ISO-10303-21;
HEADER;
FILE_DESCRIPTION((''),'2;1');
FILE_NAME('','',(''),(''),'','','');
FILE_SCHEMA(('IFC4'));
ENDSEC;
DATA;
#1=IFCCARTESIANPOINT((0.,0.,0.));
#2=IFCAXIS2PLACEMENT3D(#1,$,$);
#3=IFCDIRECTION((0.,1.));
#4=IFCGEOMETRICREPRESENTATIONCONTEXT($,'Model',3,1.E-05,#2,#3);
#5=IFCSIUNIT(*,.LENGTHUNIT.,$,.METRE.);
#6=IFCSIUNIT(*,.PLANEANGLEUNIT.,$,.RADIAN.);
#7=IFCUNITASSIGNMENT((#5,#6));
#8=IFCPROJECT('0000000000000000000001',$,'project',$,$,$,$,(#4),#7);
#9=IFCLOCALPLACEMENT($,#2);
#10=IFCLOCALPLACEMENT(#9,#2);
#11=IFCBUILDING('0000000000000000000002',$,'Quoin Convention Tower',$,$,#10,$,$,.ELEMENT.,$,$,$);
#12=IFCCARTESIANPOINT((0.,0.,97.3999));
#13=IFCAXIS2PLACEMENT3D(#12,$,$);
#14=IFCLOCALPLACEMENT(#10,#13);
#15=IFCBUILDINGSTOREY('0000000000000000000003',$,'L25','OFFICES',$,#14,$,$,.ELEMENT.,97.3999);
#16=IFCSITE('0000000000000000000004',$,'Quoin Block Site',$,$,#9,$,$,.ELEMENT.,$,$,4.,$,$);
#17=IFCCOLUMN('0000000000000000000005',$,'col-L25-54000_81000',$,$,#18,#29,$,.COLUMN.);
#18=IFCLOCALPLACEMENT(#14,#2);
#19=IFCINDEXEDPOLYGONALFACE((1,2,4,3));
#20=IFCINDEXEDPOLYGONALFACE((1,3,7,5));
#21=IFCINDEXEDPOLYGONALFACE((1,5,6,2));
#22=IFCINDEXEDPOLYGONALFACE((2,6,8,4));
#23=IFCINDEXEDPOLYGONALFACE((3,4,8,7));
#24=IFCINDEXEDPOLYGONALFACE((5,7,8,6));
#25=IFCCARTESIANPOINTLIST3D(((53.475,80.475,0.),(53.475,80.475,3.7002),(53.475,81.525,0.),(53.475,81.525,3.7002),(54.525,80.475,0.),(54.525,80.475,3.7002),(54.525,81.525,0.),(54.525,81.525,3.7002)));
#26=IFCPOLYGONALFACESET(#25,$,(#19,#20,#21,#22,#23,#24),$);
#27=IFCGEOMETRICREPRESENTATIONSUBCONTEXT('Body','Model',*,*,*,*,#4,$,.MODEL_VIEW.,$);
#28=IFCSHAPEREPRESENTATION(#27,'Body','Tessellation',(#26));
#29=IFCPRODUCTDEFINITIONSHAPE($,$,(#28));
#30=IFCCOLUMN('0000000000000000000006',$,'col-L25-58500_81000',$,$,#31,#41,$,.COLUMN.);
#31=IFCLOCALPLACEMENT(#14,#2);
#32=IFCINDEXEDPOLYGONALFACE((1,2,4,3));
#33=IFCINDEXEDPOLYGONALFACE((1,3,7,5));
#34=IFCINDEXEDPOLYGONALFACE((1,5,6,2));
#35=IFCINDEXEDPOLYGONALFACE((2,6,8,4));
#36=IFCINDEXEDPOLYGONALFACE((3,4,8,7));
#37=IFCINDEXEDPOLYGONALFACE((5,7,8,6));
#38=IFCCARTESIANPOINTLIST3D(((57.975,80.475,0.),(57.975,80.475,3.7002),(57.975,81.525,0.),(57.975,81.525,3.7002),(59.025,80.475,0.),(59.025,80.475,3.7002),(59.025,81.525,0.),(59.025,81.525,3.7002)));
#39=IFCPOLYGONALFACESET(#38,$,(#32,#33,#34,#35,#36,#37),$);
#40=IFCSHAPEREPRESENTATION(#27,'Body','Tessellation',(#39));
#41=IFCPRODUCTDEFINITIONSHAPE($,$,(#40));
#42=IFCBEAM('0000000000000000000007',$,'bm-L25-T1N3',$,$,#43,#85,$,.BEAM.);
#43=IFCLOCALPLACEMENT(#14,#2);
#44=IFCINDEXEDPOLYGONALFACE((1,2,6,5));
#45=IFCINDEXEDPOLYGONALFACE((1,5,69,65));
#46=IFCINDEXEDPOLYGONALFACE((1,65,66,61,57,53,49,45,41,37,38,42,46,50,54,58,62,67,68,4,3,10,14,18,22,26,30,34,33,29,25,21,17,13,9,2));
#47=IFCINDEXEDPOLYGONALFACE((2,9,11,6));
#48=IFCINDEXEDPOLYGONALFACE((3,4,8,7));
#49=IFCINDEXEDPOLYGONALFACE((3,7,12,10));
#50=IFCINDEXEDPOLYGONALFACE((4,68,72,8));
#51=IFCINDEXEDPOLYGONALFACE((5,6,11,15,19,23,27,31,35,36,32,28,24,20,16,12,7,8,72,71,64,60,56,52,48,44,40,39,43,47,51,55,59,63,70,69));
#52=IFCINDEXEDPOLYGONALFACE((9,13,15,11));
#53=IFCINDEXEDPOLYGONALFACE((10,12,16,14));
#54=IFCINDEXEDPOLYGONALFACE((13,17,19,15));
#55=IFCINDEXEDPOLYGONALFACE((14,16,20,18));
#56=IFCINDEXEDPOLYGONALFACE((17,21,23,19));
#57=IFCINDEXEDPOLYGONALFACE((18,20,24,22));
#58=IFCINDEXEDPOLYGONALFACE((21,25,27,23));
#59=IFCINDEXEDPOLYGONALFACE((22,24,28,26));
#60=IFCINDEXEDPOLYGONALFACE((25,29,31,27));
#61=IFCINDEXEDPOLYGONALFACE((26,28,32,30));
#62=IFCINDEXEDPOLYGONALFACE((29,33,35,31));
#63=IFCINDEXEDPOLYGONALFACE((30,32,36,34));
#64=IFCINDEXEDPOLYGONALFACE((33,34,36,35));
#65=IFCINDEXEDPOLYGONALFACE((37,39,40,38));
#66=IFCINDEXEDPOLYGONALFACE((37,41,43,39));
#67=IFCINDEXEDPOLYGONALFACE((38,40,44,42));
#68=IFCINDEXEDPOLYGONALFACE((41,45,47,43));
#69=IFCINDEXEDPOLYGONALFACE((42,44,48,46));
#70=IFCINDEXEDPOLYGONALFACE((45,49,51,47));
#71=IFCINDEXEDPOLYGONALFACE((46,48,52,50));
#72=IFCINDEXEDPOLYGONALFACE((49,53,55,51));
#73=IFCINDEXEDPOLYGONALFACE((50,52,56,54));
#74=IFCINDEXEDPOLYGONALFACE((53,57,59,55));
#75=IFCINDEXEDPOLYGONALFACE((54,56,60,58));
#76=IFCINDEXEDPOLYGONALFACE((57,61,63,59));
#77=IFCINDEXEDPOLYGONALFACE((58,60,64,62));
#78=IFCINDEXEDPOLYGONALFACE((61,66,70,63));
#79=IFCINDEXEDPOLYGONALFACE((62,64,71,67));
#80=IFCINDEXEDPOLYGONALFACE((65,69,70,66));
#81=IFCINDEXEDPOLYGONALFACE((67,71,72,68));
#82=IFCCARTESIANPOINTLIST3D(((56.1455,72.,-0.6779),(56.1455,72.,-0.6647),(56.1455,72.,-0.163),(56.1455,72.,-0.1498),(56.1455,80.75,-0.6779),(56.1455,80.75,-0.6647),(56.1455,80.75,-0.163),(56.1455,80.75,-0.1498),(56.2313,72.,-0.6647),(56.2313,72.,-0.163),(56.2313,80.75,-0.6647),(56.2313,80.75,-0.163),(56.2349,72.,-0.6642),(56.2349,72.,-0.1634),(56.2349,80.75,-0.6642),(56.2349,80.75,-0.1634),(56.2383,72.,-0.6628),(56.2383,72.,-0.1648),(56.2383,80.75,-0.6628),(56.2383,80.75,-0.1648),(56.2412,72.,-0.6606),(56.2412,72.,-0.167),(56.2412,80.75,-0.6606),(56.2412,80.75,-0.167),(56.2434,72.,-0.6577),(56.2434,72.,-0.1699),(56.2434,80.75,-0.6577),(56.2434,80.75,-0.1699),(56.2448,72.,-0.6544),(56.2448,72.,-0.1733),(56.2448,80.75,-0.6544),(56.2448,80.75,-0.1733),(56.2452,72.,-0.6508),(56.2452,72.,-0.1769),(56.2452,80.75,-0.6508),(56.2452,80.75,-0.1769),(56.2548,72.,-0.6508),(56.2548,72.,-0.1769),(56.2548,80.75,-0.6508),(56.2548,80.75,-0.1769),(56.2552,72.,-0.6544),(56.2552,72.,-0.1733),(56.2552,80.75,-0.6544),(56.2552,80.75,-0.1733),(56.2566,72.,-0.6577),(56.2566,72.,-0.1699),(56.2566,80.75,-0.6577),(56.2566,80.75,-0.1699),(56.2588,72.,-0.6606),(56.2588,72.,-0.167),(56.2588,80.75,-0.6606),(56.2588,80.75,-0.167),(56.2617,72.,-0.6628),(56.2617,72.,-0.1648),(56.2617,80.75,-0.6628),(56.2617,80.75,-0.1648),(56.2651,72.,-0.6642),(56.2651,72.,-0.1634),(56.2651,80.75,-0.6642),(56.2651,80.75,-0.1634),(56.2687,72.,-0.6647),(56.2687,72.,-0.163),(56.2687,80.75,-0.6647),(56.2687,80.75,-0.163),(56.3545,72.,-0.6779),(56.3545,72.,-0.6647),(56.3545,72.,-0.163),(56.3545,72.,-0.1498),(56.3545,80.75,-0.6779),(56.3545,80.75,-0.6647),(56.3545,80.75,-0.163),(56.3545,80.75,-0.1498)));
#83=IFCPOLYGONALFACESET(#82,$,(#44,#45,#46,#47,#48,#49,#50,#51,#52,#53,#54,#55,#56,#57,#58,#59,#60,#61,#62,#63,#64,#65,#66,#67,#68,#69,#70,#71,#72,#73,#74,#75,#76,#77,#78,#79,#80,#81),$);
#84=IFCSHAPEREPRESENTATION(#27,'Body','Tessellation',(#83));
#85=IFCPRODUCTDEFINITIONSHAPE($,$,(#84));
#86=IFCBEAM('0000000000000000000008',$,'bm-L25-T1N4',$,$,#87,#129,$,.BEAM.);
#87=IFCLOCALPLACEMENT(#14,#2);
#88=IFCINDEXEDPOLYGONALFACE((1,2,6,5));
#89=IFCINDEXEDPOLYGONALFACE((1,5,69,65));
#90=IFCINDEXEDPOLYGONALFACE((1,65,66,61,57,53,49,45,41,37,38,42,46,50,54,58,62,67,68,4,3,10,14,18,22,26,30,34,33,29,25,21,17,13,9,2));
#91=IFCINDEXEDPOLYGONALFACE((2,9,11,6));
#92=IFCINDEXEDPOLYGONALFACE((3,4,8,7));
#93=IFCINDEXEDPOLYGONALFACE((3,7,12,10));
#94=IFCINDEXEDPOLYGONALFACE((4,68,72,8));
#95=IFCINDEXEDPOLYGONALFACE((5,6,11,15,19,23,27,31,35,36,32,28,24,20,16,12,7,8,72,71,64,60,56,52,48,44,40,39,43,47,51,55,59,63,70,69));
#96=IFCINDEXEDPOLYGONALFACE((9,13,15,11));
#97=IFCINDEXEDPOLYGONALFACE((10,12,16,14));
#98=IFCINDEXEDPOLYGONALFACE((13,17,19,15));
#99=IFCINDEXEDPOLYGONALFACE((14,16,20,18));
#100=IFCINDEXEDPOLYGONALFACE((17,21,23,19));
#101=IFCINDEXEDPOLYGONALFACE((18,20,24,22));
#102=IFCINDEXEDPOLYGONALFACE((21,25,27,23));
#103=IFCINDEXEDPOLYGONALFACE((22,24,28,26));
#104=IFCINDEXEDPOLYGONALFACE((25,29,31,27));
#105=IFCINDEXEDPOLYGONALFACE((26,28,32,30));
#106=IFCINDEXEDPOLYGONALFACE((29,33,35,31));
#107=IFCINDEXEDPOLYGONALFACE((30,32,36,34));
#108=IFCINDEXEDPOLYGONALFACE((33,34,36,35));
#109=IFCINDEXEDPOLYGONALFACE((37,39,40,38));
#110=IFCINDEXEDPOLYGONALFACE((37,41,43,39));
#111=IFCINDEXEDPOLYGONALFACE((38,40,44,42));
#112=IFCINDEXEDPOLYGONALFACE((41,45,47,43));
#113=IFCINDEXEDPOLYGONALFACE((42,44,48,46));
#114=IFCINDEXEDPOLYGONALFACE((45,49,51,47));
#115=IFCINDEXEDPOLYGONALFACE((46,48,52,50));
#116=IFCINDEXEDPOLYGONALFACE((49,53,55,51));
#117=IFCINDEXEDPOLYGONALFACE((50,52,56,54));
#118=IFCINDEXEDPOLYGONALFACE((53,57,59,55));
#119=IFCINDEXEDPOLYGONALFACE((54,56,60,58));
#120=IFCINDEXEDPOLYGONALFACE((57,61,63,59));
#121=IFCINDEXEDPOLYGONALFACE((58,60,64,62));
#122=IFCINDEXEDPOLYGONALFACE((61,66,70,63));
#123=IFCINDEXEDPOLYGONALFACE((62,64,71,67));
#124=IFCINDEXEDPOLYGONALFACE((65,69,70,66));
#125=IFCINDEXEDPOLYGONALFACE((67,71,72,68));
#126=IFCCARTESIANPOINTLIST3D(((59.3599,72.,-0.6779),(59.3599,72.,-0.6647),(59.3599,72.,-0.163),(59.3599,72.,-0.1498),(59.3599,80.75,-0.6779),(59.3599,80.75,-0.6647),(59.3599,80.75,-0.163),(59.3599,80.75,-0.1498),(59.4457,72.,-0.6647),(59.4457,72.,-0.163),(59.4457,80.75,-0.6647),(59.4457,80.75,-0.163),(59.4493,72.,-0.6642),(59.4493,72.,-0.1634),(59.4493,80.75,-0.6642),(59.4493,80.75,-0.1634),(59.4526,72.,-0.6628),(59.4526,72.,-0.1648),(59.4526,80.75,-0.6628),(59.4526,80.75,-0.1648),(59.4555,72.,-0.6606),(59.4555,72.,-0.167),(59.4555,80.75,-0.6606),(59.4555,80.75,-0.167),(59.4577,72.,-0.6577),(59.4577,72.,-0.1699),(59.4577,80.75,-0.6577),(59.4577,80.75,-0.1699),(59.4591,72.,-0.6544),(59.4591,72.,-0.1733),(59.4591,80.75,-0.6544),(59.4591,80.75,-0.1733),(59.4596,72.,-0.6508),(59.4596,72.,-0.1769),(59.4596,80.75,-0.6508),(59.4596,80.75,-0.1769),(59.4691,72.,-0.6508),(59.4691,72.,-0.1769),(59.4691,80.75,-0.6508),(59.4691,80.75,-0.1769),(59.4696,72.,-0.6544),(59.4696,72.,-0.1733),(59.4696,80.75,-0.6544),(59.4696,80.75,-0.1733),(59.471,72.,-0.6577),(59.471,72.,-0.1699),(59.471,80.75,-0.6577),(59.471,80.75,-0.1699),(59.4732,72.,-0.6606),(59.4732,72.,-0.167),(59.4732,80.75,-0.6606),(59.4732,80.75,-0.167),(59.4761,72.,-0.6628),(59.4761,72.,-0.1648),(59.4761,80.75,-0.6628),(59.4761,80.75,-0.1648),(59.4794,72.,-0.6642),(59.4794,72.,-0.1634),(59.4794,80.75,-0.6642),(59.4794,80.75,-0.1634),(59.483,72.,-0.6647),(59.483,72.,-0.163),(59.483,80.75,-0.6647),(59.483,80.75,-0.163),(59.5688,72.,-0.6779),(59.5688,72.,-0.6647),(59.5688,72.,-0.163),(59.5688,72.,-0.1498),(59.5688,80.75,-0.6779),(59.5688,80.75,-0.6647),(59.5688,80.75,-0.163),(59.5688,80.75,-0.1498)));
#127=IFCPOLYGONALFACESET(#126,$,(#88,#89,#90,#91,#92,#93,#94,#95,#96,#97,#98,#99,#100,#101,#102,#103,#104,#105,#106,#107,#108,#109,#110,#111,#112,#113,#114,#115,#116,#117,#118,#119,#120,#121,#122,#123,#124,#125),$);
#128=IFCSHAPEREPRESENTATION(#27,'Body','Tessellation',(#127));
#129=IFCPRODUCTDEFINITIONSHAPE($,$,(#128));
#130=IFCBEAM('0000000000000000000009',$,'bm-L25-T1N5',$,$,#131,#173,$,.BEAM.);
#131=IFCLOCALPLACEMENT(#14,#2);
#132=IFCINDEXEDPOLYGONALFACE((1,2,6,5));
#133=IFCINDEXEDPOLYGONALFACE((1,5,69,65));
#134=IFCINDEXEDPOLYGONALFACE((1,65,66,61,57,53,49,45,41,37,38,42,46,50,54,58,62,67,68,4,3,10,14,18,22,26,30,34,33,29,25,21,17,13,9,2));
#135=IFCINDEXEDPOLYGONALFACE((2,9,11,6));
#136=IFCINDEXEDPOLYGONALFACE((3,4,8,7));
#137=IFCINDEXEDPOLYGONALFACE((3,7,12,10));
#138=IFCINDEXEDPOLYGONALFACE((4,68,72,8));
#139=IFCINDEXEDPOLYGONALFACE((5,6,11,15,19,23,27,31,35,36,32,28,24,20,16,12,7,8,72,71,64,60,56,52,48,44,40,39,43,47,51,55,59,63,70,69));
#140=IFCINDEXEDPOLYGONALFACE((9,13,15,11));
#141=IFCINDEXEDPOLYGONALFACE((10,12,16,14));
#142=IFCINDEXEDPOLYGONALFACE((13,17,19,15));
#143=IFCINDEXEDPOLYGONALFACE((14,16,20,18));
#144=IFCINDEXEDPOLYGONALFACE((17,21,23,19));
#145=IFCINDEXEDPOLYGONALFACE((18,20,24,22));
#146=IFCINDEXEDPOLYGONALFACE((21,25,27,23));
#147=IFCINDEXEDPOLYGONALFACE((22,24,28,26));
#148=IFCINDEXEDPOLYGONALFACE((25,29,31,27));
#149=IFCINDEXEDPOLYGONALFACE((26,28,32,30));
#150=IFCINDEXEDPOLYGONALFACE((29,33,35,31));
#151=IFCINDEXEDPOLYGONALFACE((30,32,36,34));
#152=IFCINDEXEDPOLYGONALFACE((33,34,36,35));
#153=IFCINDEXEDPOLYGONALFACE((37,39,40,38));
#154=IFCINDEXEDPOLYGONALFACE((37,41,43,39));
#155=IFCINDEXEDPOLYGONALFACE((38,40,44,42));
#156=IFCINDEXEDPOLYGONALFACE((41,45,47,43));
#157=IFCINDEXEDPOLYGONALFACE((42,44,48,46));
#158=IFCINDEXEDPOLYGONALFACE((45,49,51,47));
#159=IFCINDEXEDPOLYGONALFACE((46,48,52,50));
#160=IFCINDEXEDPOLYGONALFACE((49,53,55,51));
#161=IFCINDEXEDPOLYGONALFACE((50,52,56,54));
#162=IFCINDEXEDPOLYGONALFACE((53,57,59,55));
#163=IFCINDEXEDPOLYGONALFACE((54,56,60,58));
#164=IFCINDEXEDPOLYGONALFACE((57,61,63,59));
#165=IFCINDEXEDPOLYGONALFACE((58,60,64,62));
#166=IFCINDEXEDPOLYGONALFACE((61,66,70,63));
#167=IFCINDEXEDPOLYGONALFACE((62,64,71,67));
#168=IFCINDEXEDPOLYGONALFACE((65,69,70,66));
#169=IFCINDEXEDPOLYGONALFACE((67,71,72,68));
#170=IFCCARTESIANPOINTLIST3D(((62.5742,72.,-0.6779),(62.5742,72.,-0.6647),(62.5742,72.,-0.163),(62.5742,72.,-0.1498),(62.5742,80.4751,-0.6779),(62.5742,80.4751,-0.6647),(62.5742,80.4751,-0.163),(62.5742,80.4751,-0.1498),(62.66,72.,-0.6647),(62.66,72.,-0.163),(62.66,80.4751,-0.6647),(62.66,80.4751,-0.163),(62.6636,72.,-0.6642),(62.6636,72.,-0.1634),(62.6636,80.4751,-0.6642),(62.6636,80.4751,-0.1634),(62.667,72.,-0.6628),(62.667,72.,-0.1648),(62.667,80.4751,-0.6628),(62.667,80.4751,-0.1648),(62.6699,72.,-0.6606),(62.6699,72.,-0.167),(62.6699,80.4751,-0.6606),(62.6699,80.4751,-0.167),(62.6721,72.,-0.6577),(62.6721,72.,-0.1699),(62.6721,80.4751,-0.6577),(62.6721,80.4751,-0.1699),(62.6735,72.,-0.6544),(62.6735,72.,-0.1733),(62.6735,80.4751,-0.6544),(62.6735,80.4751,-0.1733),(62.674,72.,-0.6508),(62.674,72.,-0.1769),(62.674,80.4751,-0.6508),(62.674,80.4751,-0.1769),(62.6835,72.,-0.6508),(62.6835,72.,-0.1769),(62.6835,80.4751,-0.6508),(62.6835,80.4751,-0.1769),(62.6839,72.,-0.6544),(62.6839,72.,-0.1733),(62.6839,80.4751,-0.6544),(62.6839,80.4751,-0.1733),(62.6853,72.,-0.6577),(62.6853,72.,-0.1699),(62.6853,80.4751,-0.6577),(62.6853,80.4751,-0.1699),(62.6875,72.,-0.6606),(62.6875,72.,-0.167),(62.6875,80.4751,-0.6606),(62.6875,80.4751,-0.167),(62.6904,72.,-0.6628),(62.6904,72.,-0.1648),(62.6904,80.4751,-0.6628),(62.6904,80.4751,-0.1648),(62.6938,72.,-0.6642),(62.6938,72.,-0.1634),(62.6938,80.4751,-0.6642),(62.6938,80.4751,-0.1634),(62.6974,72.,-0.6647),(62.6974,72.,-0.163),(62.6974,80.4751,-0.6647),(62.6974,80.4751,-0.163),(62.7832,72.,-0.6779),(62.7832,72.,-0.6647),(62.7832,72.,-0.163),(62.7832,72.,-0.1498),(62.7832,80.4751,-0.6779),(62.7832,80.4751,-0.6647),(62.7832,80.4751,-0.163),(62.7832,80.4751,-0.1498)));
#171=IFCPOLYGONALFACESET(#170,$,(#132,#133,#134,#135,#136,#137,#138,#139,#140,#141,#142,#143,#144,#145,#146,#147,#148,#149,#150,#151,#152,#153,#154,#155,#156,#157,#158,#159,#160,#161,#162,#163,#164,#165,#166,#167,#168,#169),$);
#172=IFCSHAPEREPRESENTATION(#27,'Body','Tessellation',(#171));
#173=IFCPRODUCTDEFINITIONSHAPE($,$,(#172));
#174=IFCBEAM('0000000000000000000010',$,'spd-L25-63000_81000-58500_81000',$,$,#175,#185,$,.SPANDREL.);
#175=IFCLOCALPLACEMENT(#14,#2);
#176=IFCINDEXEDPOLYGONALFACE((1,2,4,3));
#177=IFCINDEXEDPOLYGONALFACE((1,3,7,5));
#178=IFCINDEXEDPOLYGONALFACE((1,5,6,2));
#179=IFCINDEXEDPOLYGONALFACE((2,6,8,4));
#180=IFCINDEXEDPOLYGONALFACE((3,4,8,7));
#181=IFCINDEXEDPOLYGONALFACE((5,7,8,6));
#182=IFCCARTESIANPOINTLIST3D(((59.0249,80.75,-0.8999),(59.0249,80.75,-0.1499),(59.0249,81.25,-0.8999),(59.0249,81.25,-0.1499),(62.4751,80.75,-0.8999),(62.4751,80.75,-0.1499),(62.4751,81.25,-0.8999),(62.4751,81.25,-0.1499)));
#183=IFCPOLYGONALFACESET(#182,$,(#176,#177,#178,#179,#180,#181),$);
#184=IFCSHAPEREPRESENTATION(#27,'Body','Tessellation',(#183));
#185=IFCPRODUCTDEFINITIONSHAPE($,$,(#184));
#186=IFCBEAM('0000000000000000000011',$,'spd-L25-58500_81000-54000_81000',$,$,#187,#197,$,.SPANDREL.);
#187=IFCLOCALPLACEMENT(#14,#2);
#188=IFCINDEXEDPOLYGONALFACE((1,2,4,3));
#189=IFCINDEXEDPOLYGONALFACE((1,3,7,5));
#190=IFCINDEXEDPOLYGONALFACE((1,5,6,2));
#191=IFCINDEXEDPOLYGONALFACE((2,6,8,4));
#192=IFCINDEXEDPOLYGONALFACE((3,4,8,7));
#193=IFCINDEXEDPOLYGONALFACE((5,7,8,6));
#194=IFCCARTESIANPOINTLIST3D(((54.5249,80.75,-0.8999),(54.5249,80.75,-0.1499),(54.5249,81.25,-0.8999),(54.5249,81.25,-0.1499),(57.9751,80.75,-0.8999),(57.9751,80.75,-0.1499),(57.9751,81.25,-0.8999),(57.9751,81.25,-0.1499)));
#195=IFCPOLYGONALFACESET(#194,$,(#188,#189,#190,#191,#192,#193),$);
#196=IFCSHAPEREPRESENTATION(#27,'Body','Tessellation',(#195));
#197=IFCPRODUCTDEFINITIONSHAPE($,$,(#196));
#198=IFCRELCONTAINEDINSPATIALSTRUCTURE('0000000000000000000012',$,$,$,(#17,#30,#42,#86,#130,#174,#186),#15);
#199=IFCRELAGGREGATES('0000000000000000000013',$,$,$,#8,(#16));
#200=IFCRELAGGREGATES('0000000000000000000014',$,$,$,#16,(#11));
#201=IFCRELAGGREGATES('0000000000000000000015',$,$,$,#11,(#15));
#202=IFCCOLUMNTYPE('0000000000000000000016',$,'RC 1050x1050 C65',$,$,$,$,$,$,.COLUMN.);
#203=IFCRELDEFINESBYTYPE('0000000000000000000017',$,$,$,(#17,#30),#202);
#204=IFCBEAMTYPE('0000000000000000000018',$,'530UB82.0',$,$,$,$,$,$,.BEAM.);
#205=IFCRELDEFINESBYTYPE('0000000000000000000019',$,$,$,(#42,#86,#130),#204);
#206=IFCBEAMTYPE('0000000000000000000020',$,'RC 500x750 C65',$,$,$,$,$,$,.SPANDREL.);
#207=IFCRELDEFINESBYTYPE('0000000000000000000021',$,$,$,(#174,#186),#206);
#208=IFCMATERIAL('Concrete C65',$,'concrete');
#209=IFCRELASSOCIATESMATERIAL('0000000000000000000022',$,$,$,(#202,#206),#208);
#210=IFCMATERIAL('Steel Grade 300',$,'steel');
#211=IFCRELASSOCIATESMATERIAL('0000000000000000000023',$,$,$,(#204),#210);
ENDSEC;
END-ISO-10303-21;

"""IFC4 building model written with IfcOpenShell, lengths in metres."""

from ifc_helpers import new_model, si_unit, direction, frame, origin, origin_2d, place, context, subcontext, project, spatial, rectangle, i_section, extrude, material, material_profile, profile_set, type_object, element, save


model = new_model("IFC4")

# Units and contexts
model_context = context("Model", 3, precision=1e-05, world=origin(), true_north=direction((0.0, 1.0)))
body_context = subcontext(model_context, "Body", "Model", "MODEL_VIEW")
ifc_project = project(units=[si_unit("LENGTHUNIT", "METRE"), si_unit("PLANEANGLEUNIT", "RADIAN")], contexts=[model_context])

# Site, building, storey
site_placement = place(None, origin())
site = spatial("IfcSite", under=ifc_project, at=site_placement, Name="Quoin Block Site", CompositionType="ELEMENT", RefElevation=4.0)
building_placement = place(site_placement, origin())
building = spatial("IfcBuilding", under=site, at=building_placement, Name="Quoin Convention Tower", CompositionType="ELEMENT")
storey_placement = place(building_placement, frame((0.0, 0.0, 97.3999)))
storey = spatial("IfcBuildingStorey", under=building, at=storey_placement, Name="L25", Description="OFFICES", CompositionType="ELEMENT", Elevation=97.3999)

# Columns
ifc_material_1 = material(Name="Concrete C65", Category="concrete")
ifc_material_profile_1 = material_profile(ifc_material_1, rectangle(XDim=1.05, YDim=1.05, at=origin_2d()), Name="RC 1050x1050")
ifc_profile_set_1 = profile_set([ifc_material_profile_1], Name="Concrete C65")
column_type = type_object("IfcColumnType", Name="RC 1050x1050 C65", PredefinedType="COLUMN", material=ifc_profile_set_1)
for number, where, z_axis, x_axis, name in (
    (1, (54.0, 81.0, 0.0), (0.0, 0.0, 1.0), (1.0, 0.0, 0.0), "col-L25-54000_81000"),
    (2, (58.5, 81.0, 0.0), (0.0, 0.0, 1.0), (1.0, 0.0, 0.0), "col-L25-58500_81000"),
):
    element("IfcColumn", number, at=place(storey_placement, frame(where, z_axis=z_axis, x_axis=x_axis)), inside=storey, type_object=column_type, Name=name, PredefinedType="COLUMN", context=body_context, shape_type="SweptSolid", body=[
        extrude(rectangle(XDim=1.05, YDim=1.05, at=origin_2d()), origin(), (0.0, 0.0, 1.0), 3.7002),
    ])

# Beams
ifc_material_2 = material(Name="Steel Grade 300", Category="steel")
ifc_material_profile_2 = material_profile(ifc_material_2, i_section(OverallWidth=0.209, OverallDepth=0.5281, WebThickness=0.0095, FlangeThickness=0.0132, FilletRadius=0.0139, at=origin_2d()), Name="530UB82.0")
ifc_profile_set_2 = profile_set([ifc_material_profile_2], Name="Steel Grade 300")
beam_type_1 = type_object("IfcBeamType", Name="530UB82.0", PredefinedType="BEAM", material=ifc_profile_set_2)
for number, where, z_axis, x_axis, name in (
    (3, (56.25, 72.0, -0.4138), (0.0, 1.0, 0.0), (-1.0, 0.0, 0.0), "bm-L25-T1N3"),
    (4, (59.4644, 72.0, -0.4138), (0.0, 1.0, 0.0), (-1.0, 0.0, 0.0), "bm-L25-T1N4"),
):
    element("IfcBeam", number, at=place(storey_placement, frame(where, z_axis=z_axis, x_axis=x_axis)), inside=storey, type_object=beam_type_1, Name=name, PredefinedType="BEAM", context=body_context, shape_type="SweptSolid", body=[
        extrude(i_section(OverallWidth=0.209, OverallDepth=0.5281, WebThickness=0.0095, FlangeThickness=0.0132, FilletRadius=0.0139, at=origin_2d()), origin(), (0.0, 0.0, 1.0), 8.75),
    ])
beam_placement = place(storey_placement, frame((62.6787, 72.0, -0.4138), z_axis=(0.0, 1.0, 0.0), x_axis=(-1.0, 0.0, 0.0)))
element("IfcBeam", 5, at=beam_placement, inside=storey, type_object=beam_type_1, Name="bm-L25-T1N5", PredefinedType="BEAM", context=body_context, shape_type="SweptSolid", body=[
    extrude(i_section(OverallWidth=0.209, OverallDepth=0.5281, WebThickness=0.0095, FlangeThickness=0.0132, FilletRadius=0.0139, at=origin_2d()), origin(), (0.0, 0.0, 1.0), 8.4751),
])
ifc_material_profile_3 = material_profile(ifc_material_1, rectangle(XDim=0.5, YDim=0.75, at=origin_2d()), Name="RC 500x750")
ifc_profile_set_3 = profile_set([ifc_material_profile_3], Name="Concrete C65")
beam_type_2 = type_object("IfcBeamType", Name="RC 500x750 C65", PredefinedType="SPANDREL", material=ifc_profile_set_3)
for number, where, z_axis, x_axis, name in (
    (6, (62.4751, 81.0, -0.5249), (-1.0, 0.0, 0.0), (0.0, -1.0, 0.0), "spd-L25-63000_81000-58500_81000"),
    (7, (57.9751, 81.0, -0.5249), (-1.0, 0.0, 0.0), (0.0, -1.0, 0.0), "spd-L25-58500_81000-54000_81000"),
):
    element("IfcBeam", number, at=place(storey_placement, frame(where, z_axis=z_axis, x_axis=x_axis)), inside=storey, type_object=beam_type_2, Name=name, PredefinedType="SPANDREL", context=body_context, shape_type="SweptSolid", body=[
        extrude(rectangle(XDim=0.5, YDim=0.75, at=origin_2d()), origin(), (0.0, 0.0, 1.0), 3.4502),
    ])

save(model, "model.ifc")
